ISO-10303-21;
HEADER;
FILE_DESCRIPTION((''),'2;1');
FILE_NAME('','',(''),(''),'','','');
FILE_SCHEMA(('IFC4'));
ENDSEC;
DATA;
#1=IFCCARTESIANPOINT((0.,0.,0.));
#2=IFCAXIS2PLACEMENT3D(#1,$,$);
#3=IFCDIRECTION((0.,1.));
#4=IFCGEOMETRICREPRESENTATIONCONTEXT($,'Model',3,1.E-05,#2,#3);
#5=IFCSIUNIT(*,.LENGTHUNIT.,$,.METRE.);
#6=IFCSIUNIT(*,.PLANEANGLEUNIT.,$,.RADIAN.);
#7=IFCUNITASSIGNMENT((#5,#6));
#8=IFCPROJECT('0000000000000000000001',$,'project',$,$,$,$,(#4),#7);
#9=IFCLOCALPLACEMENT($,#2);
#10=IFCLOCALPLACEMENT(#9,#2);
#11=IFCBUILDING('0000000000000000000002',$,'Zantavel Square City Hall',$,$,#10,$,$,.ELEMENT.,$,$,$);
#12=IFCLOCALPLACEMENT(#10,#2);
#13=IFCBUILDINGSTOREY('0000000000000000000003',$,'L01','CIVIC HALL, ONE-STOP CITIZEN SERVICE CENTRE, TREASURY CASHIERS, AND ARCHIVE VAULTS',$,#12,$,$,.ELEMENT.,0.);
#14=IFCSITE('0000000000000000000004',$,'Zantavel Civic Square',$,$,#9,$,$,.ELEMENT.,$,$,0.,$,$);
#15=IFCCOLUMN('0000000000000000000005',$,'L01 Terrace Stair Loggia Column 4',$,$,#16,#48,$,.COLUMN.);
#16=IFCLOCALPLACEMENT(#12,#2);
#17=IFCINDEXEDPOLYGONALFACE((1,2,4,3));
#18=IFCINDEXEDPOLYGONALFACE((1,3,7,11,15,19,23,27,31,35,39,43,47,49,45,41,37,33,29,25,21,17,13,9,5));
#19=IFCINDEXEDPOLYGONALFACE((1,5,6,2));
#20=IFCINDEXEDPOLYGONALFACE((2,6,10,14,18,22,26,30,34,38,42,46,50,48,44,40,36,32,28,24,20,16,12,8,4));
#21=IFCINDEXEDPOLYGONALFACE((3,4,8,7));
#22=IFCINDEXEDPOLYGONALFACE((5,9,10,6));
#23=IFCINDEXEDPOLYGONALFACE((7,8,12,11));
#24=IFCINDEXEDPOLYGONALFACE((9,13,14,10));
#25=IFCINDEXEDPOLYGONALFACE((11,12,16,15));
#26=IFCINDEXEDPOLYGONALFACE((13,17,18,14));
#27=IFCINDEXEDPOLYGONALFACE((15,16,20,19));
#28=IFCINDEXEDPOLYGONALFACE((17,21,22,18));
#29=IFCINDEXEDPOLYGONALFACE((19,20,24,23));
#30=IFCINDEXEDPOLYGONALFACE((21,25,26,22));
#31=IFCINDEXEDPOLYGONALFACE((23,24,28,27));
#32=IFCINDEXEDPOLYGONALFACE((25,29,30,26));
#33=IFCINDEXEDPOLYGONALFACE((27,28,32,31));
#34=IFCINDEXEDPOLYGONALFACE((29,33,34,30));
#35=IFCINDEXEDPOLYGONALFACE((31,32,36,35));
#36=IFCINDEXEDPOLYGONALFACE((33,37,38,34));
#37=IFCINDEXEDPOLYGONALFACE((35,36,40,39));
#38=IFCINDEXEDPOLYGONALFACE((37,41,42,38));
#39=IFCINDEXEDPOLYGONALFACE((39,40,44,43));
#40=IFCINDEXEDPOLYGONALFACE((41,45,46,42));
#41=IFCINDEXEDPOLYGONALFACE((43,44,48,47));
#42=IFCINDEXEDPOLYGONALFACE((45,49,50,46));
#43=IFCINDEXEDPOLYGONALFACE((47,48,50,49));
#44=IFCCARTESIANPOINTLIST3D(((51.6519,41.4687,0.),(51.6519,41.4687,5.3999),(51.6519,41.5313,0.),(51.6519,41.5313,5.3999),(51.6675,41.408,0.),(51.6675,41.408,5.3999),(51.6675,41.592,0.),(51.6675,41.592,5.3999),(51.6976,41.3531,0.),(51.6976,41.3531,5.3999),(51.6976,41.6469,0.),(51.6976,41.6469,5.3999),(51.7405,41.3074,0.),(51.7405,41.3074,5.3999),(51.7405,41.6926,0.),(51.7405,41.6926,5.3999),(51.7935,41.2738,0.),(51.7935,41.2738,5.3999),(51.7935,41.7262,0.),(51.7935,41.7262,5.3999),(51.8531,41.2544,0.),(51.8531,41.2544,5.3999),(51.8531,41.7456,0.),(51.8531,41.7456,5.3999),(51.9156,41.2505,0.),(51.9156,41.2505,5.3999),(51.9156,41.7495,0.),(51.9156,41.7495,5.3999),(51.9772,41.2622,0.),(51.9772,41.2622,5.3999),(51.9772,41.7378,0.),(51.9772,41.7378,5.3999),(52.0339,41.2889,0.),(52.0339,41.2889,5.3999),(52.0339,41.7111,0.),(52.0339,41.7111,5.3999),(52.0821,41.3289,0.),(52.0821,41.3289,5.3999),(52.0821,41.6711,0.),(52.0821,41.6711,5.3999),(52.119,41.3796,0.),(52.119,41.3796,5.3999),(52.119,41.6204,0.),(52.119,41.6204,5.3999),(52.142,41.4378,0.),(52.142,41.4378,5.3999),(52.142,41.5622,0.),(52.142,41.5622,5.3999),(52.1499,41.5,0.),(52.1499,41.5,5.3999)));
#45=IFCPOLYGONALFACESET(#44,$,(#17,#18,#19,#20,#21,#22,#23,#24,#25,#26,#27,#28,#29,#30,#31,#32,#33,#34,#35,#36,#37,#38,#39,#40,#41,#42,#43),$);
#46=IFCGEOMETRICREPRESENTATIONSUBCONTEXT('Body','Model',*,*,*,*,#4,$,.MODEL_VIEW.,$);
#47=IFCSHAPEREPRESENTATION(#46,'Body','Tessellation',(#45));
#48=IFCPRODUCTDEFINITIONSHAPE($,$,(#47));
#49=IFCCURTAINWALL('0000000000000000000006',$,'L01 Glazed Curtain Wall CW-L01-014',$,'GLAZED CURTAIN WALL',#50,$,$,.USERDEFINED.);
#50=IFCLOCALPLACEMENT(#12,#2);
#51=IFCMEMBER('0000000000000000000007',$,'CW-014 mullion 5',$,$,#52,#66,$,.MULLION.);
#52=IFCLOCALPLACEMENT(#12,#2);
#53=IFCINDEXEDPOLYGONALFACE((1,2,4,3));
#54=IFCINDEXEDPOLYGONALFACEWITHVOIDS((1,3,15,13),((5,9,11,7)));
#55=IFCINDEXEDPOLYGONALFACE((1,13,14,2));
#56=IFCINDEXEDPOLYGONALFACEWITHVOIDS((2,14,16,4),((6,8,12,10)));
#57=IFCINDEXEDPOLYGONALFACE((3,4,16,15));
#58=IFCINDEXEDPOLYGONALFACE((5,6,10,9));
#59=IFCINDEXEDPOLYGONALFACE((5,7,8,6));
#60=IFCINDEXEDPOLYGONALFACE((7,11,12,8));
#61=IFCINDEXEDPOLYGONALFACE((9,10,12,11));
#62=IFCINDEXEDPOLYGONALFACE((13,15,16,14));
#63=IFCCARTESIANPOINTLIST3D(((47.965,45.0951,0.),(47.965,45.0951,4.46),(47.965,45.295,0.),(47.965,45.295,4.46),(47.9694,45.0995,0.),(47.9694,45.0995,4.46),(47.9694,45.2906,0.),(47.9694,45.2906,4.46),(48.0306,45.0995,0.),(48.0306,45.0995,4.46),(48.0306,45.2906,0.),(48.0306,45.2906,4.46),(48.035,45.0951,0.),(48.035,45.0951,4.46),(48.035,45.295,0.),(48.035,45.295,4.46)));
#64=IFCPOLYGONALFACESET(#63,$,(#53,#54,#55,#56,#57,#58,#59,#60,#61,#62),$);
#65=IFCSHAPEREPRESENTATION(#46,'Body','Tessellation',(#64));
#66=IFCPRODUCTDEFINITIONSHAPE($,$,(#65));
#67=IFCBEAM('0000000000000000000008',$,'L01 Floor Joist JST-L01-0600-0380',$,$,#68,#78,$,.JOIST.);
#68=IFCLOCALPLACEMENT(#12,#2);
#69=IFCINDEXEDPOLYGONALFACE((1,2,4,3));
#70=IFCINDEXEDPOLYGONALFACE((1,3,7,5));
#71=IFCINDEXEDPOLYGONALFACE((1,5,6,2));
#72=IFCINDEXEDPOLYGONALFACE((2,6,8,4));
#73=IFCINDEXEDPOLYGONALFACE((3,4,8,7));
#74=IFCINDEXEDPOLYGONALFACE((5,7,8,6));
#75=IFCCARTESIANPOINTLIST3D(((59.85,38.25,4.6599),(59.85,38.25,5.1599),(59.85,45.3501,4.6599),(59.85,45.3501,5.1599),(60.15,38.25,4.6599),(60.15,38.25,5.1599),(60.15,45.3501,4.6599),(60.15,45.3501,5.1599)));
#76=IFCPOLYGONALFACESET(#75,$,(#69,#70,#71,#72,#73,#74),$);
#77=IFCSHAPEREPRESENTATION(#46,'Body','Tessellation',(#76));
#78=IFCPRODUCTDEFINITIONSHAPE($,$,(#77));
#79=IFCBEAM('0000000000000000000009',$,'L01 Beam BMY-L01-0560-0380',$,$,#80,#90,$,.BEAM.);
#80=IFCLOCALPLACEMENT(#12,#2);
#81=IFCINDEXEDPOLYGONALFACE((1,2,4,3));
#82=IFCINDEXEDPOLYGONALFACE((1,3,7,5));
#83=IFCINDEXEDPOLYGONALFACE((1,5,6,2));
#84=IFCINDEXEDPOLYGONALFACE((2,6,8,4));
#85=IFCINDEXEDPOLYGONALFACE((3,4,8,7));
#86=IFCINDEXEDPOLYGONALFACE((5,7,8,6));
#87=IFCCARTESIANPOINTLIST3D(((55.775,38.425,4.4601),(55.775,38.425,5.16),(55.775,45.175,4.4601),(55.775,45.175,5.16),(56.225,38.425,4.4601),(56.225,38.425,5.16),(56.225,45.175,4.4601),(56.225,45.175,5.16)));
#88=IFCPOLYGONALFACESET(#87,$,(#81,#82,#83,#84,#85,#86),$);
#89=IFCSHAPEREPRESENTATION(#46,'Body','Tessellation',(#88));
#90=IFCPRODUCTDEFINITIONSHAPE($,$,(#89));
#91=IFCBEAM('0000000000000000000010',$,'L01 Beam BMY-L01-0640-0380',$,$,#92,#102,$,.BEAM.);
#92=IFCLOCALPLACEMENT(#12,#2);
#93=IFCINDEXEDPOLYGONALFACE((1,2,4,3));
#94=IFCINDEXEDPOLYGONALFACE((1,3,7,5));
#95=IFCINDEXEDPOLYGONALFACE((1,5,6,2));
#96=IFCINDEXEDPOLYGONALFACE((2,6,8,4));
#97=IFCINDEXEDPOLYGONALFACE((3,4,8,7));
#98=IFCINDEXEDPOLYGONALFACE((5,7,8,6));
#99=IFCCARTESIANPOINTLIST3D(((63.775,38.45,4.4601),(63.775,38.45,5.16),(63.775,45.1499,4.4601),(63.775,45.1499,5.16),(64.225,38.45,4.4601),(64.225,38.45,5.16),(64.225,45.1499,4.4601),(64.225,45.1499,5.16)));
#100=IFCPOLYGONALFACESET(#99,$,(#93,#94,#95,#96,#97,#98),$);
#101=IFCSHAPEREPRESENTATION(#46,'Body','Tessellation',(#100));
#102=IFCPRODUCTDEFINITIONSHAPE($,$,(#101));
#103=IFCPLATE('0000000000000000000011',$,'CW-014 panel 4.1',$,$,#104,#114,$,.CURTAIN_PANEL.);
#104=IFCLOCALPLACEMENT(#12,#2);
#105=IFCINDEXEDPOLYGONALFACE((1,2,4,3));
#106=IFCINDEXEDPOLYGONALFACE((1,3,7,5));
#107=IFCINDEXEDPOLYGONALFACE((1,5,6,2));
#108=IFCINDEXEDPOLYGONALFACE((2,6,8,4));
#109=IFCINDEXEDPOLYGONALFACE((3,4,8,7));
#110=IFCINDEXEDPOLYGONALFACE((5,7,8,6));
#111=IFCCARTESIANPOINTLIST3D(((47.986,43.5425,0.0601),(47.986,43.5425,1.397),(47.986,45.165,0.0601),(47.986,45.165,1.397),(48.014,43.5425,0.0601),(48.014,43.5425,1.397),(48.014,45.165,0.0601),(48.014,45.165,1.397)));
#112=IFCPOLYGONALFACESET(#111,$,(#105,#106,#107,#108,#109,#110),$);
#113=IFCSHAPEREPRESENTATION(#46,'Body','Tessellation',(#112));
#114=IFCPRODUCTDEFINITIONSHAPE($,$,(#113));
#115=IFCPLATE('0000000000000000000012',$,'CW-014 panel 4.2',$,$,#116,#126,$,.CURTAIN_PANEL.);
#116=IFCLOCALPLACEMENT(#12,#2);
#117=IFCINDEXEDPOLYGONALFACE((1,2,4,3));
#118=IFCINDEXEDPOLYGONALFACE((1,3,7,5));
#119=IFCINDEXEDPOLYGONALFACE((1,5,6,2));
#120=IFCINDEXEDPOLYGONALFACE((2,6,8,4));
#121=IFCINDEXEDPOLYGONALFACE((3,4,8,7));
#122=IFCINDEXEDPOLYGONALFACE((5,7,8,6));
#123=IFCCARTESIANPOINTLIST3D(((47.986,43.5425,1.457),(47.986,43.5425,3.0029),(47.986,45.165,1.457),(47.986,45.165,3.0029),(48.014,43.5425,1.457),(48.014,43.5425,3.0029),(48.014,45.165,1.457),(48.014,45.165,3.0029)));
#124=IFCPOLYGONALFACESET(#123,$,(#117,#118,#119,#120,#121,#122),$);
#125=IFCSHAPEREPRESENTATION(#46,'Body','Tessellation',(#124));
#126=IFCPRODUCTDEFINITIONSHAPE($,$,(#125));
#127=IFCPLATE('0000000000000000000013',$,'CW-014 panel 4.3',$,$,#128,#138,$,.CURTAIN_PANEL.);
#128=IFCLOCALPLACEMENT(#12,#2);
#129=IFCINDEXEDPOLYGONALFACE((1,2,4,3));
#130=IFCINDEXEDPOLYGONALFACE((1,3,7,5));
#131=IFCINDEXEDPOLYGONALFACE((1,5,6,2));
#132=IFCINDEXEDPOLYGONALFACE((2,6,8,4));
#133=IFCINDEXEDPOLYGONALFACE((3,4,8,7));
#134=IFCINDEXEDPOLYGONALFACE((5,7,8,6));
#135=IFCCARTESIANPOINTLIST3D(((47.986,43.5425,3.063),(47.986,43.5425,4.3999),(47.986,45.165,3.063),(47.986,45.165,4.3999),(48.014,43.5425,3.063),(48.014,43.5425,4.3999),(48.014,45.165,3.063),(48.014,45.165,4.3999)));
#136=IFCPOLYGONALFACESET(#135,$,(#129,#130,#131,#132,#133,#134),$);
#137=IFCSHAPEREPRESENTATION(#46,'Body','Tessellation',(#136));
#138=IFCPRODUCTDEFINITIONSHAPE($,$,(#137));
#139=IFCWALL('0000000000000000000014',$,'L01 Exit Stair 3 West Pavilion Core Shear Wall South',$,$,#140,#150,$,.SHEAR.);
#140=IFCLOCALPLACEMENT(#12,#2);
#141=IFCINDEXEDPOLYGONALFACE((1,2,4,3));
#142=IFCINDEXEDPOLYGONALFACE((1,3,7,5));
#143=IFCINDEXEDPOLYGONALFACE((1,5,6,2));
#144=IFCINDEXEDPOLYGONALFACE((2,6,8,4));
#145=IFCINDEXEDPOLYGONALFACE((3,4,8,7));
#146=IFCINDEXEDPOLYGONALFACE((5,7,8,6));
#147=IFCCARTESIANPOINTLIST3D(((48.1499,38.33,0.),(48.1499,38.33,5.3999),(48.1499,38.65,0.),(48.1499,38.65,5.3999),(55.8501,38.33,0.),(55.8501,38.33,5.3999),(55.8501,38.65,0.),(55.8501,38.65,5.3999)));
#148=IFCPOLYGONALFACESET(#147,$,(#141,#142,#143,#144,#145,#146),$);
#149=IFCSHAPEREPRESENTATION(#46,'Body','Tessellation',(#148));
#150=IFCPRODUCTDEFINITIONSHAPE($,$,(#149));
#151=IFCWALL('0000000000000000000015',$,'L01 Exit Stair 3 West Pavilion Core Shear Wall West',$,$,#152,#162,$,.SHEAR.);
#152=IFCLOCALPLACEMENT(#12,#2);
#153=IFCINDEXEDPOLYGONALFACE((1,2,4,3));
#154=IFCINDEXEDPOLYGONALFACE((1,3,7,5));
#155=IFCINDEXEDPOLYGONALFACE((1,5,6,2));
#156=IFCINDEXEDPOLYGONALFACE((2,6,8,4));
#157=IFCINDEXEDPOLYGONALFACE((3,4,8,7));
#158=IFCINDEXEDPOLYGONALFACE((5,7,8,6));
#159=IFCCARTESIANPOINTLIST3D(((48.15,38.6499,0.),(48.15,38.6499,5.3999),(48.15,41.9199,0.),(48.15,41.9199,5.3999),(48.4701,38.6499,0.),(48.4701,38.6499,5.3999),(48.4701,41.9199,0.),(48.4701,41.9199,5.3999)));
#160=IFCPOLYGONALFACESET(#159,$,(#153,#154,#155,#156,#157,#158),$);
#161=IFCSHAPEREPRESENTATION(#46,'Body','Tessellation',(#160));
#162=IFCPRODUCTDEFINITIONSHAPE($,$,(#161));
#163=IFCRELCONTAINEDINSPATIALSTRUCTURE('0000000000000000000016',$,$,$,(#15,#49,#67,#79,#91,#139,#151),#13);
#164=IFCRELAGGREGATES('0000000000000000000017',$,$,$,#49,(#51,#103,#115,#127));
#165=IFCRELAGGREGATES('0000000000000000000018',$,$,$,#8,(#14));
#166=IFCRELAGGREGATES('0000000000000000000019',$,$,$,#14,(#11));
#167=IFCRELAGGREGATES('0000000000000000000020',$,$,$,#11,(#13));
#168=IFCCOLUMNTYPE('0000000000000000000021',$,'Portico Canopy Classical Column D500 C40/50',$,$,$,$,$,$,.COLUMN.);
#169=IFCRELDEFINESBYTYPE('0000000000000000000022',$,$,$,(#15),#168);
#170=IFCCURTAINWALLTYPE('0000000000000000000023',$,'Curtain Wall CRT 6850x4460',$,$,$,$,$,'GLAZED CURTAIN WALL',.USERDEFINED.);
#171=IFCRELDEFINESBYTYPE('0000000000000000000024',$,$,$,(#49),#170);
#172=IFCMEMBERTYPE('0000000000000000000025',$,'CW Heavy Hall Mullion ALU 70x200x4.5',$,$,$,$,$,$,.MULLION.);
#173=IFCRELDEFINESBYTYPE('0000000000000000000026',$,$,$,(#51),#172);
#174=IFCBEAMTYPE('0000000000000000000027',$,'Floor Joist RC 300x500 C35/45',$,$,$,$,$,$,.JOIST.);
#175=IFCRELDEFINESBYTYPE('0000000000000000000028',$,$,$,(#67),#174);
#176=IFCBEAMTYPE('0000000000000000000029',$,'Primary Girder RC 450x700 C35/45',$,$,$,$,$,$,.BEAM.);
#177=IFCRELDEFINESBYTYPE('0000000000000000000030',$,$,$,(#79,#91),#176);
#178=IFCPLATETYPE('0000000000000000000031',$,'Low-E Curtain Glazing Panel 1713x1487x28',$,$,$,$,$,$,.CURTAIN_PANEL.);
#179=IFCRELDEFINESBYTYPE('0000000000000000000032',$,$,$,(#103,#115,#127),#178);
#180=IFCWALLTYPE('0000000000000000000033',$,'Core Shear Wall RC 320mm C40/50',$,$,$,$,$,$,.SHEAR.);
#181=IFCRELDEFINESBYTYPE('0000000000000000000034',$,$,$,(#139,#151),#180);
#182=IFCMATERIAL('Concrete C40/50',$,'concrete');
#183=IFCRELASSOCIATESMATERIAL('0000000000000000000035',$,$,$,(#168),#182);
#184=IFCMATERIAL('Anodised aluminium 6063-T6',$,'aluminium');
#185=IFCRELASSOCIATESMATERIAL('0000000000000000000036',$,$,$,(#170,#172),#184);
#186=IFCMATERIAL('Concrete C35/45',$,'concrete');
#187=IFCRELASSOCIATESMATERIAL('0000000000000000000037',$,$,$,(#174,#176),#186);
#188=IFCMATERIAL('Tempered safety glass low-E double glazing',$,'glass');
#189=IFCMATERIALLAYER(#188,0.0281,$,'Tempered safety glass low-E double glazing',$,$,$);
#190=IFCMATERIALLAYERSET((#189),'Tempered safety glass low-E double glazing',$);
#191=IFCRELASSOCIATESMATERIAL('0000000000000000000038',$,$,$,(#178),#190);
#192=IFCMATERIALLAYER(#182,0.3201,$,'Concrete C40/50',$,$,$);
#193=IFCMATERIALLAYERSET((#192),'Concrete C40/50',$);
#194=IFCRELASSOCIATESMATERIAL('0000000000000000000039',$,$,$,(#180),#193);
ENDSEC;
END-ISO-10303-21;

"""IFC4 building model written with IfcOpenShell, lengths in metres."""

from ifc_helpers import new_model, si_unit, direction, frame, frame_2d, origin, origin_2d, place, context, subcontext, project, spatial, rectangle, hollow_rectangle, circle, extrude, material, layer, layer_set, material_profile, profile_set, type_object, element, aggregate, save


model = new_model("IFC4")

# Units and contexts
model_context = context("Model", 3, precision=1e-05, world=origin(), true_north=direction((0.0, 1.0)))
body_context = subcontext(model_context, "Body", "Model", "MODEL_VIEW")
ifc_project = project(units=[si_unit("LENGTHUNIT", "METRE"), si_unit("PLANEANGLEUNIT", "RADIAN")], contexts=[model_context])

# Site, building, storey
site_placement = place(None, origin())
site = spatial("IfcSite", under=ifc_project, at=site_placement, Name="Zantavel Civic Square", CompositionType="ELEMENT", RefElevation=0.0)
building_placement = place(site_placement, origin())
building = spatial("IfcBuilding", under=site, at=building_placement, Name="Zantavel Square City Hall", CompositionType="ELEMENT")
storey_placement = place(building_placement, origin())
storey = spatial("IfcBuildingStorey", under=building, at=storey_placement, Name="L01", Description="CIVIC HALL, ONE-STOP CITIZEN SERVICE CENTRE, TREASURY CASHIERS, AND ARCHIVE VAULTS", CompositionType="ELEMENT", Elevation=0.0)

# Column
ifc_material_1 = material(Name="Concrete C40/50", Category="concrete")
ifc_material_profile_1 = material_profile(ifc_material_1, circle(Radius=0.25, at=origin_2d()), Name="ROUND D500")
ifc_profile_set_1 = profile_set([ifc_material_profile_1], Name="Concrete C40/50")
column_type = type_object("IfcColumnType", Name="Portico Canopy Classical Column D500 C40/50", PredefinedType="COLUMN", material=ifc_profile_set_1)
column_placement = place(storey_placement, frame((51.8999, 41.5, 0.0), z_axis=(0.0, 0.0, 1.0), x_axis=(1.0, 0.0, 0.0)))
element("IfcColumn", 1, at=column_placement, inside=storey, type_object=column_type, Name="L01 Terrace Stair Loggia Column 4", PredefinedType="COLUMN", context=body_context, shape_type="SweptSolid", body=[
    extrude(circle(Radius=0.25, at=origin_2d()), origin(), (0.0, 0.0, 1.0), 5.3999),
])

# Curtain wall, member
ifc_material_2 = material(Name="Anodised aluminium 6063-T6", Category="aluminium")
curtain_wall_type = type_object("IfcCurtainWallType", Name="Curtain Wall CRT 6850x4460", ElementType="GLAZED CURTAIN WALL", PredefinedType="USERDEFINED", material=ifc_material_2)
curtain_wall_placement = place(storey_placement, origin())
curtain_wall = element("IfcCurtainWall", 2, at=curtain_wall_placement, inside=storey, type_object=curtain_wall_type, Name="L01 Glazed Curtain Wall CW-L01-014", ObjectType="GLAZED CURTAIN WALL", PredefinedType="USERDEFINED")
ifc_material_profile_2 = material_profile(ifc_material_2, hollow_rectangle(XDim=0.0701, YDim=0.2, WallThickness=0.0044, at=origin_2d()), Name="ALU 70x200x4.5")
ifc_profile_set_2 = profile_set([ifc_material_profile_2], Name="Anodised aluminium 6063-T6")
member_type = type_object("IfcMemberType", Name="CW Heavy Hall Mullion ALU 70x200x4.5", PredefinedType="MULLION", material=ifc_profile_set_2)
member_placement = place(storey_placement, frame((48.0, 45.1951, 0.0), z_axis=(0.0, 0.0, 1.0), x_axis=(-1.0, 0.0, 0.0)))
member = element("IfcMember", 3, at=member_placement, type_object=member_type, Name="CW-014 mullion 5", PredefinedType="MULLION", context=body_context, shape_type="SweptSolid", body=[
    extrude(hollow_rectangle(XDim=0.0701, YDim=0.2, WallThickness=0.0044, at=origin_2d()), origin(), (0.0, 0.0, 1.0), 4.46),
])

# Beams
ifc_material_3 = material(Name="Concrete C35/45", Category="concrete")
ifc_material_profile_3 = material_profile(ifc_material_3, rectangle(XDim=0.3, YDim=0.5, at=origin_2d()), Name="RC 300x500")
ifc_profile_set_3 = profile_set([ifc_material_profile_3], Name="Concrete C35/45")
beam_type_1 = type_object("IfcBeamType", Name="Floor Joist RC 300x500 C35/45", PredefinedType="JOIST", material=ifc_profile_set_3)
beam_1_placement = place(storey_placement, frame((60.0, 38.25, 4.9099), z_axis=(0.0, 1.0, 0.0), x_axis=(-1.0, 0.0, 0.0)))
element("IfcBeam", 4, at=beam_1_placement, inside=storey, type_object=beam_type_1, Name="L01 Floor Joist JST-L01-0600-0380", PredefinedType="JOIST", context=body_context, shape_type="SweptSolid", body=[
    extrude(rectangle(XDim=0.3, YDim=0.5, at=origin_2d()), origin(), (0.0, 0.0, 1.0), 7.1001),
])
ifc_material_profile_4 = material_profile(ifc_material_3, rectangle(XDim=0.45, YDim=0.7, at=origin_2d()), Name="RC 450x700")
ifc_profile_set_4 = profile_set([ifc_material_profile_4], Name="Concrete C35/45")
beam_type_2 = type_object("IfcBeamType", Name="Primary Girder RC 450x700 C35/45", PredefinedType="BEAM", material=ifc_profile_set_4)
beam_2_placement = place(storey_placement, frame((56.0, 38.425, 4.8101), z_axis=(0.0, 1.0, 0.0), x_axis=(-1.0, 0.0, 0.0)))
element("IfcBeam", 5, at=beam_2_placement, inside=storey, type_object=beam_type_2, Name="L01 Beam BMY-L01-0560-0380", PredefinedType="BEAM", context=body_context, shape_type="SweptSolid", body=[
    extrude(rectangle(XDim=0.45, YDim=0.7, at=origin_2d()), origin(), (0.0, 0.0, 1.0), 6.75),
])
beam_3_placement = place(storey_placement, frame((64.0, 38.45, 4.8101), z_axis=(0.0, 1.0, 0.0), x_axis=(-1.0, 0.0, 0.0)))
element("IfcBeam", 6, at=beam_3_placement, inside=storey, type_object=beam_type_2, Name="L01 Beam BMY-L01-0640-0380", PredefinedType="BEAM", context=body_context, shape_type="SweptSolid", body=[
    extrude(rectangle(XDim=0.45, YDim=0.7, at=origin_2d()), origin(), (0.0, 0.0, 1.0), 6.7),
])

# Plates
ifc_material_4 = material(Name="Tempered safety glass low-E double glazing", Category="glass")
ifc_layer_1 = layer(ifc_material_4, 0.0281, Name="Tempered safety glass low-E double glazing")
ifc_layer_set_1 = layer_set([ifc_layer_1], Name="Tempered safety glass low-E double glazing")
plate_type = type_object("IfcPlateType", Name="Low-E Curtain Glazing Panel 1713x1487x28", PredefinedType="CURTAIN_PANEL", material=ifc_layer_set_1)
plate_1_placement = place(storey_placement, frame((48.0, 44.3538, 0.0601), z_axis=(0.0, 0.0, 1.0), x_axis=(0.0, 1.0, 0.0)))
plate_1 = element("IfcPlate", 7, at=plate_1_placement, type_object=plate_type, Name="CW-014 panel 4.1", PredefinedType="CURTAIN_PANEL", context=body_context, shape_type="SweptSolid", body=[
    extrude(rectangle(XDim=1.6226, YDim=0.0281, at=origin_2d()), origin(), (0.0, 0.0, 1.0), 1.3369),
])
plate_2_placement = place(storey_placement, frame((48.0, 44.3538, 1.457), z_axis=(0.0, 0.0, 1.0), x_axis=(0.0, 1.0, 0.0)))
plate_2 = element("IfcPlate", 8, at=plate_2_placement, type_object=plate_type, Name="CW-014 panel 4.2", PredefinedType="CURTAIN_PANEL", context=body_context, shape_type="SweptSolid", body=[
    extrude(rectangle(XDim=1.6226, YDim=0.0281, at=origin_2d()), origin(), (0.0, 0.0, 1.0), 1.5459),
])
plate_3_placement = place(storey_placement, frame((48.0, 44.3538, 3.063), z_axis=(0.0, 0.0, 1.0), x_axis=(0.0, 1.0, 0.0)))
plate_3 = element("IfcPlate", 9, at=plate_3_placement, type_object=plate_type, Name="CW-014 panel 4.3", PredefinedType="CURTAIN_PANEL", context=body_context, shape_type="SweptSolid", body=[
    extrude(rectangle(XDim=1.6226, YDim=0.0281, at=origin_2d()), origin(), (0.0, 0.0, 1.0), 1.3369),
])
aggregate(curtain_wall, [member, plate_1, plate_2, plate_3])

# Walls
ifc_layer_2 = layer(ifc_material_1, 0.3201, Name="Concrete C40/50")
ifc_layer_set_2 = layer_set([ifc_layer_2], Name="Concrete C40/50")
wall_type_1 = type_object("IfcWallType", Name="Core Shear Wall RC 320mm C40/50", PredefinedType="SHEAR", material=ifc_layer_set_2)
wall_1_placement = place(storey_placement, frame((55.8501, 38.49, 0.0), z_axis=(0.0, 0.0, 1.0), x_axis=(-1.0, 0.0, 0.0)))
element("IfcWall", 10, at=wall_1_placement, inside=storey, type_object=wall_type_1, Name="L01 Exit Stair 3 West Pavilion Core Shear Wall South", PredefinedType="SHEAR", context=body_context, shape_type="SweptSolid", body=[
    extrude(rectangle(XDim=7.7002, YDim=0.3201, at=frame_2d((3.8501, 0.0))), origin(), (0.0, 0.0, 1.0), 5.3999),
])
wall_2_placement = place(storey_placement, frame((48.3101, 38.6499, 0.0), z_axis=(0.0, 0.0, 1.0), x_axis=(0.0, 1.0, 0.0)))
element("IfcWall", 11, at=wall_2_placement, inside=storey, type_object=wall_type_1, Name="L01 Exit Stair 3 West Pavilion Core Shear Wall West", PredefinedType="SHEAR", context=body_context, shape_type="SweptSolid", body=[
    extrude(rectangle(XDim=3.27, YDim=0.3201, at=frame_2d((1.635, 0.0))), origin(), (0.0, 0.0, 1.0), 5.3999),
])

save(model, "model.ifc")
